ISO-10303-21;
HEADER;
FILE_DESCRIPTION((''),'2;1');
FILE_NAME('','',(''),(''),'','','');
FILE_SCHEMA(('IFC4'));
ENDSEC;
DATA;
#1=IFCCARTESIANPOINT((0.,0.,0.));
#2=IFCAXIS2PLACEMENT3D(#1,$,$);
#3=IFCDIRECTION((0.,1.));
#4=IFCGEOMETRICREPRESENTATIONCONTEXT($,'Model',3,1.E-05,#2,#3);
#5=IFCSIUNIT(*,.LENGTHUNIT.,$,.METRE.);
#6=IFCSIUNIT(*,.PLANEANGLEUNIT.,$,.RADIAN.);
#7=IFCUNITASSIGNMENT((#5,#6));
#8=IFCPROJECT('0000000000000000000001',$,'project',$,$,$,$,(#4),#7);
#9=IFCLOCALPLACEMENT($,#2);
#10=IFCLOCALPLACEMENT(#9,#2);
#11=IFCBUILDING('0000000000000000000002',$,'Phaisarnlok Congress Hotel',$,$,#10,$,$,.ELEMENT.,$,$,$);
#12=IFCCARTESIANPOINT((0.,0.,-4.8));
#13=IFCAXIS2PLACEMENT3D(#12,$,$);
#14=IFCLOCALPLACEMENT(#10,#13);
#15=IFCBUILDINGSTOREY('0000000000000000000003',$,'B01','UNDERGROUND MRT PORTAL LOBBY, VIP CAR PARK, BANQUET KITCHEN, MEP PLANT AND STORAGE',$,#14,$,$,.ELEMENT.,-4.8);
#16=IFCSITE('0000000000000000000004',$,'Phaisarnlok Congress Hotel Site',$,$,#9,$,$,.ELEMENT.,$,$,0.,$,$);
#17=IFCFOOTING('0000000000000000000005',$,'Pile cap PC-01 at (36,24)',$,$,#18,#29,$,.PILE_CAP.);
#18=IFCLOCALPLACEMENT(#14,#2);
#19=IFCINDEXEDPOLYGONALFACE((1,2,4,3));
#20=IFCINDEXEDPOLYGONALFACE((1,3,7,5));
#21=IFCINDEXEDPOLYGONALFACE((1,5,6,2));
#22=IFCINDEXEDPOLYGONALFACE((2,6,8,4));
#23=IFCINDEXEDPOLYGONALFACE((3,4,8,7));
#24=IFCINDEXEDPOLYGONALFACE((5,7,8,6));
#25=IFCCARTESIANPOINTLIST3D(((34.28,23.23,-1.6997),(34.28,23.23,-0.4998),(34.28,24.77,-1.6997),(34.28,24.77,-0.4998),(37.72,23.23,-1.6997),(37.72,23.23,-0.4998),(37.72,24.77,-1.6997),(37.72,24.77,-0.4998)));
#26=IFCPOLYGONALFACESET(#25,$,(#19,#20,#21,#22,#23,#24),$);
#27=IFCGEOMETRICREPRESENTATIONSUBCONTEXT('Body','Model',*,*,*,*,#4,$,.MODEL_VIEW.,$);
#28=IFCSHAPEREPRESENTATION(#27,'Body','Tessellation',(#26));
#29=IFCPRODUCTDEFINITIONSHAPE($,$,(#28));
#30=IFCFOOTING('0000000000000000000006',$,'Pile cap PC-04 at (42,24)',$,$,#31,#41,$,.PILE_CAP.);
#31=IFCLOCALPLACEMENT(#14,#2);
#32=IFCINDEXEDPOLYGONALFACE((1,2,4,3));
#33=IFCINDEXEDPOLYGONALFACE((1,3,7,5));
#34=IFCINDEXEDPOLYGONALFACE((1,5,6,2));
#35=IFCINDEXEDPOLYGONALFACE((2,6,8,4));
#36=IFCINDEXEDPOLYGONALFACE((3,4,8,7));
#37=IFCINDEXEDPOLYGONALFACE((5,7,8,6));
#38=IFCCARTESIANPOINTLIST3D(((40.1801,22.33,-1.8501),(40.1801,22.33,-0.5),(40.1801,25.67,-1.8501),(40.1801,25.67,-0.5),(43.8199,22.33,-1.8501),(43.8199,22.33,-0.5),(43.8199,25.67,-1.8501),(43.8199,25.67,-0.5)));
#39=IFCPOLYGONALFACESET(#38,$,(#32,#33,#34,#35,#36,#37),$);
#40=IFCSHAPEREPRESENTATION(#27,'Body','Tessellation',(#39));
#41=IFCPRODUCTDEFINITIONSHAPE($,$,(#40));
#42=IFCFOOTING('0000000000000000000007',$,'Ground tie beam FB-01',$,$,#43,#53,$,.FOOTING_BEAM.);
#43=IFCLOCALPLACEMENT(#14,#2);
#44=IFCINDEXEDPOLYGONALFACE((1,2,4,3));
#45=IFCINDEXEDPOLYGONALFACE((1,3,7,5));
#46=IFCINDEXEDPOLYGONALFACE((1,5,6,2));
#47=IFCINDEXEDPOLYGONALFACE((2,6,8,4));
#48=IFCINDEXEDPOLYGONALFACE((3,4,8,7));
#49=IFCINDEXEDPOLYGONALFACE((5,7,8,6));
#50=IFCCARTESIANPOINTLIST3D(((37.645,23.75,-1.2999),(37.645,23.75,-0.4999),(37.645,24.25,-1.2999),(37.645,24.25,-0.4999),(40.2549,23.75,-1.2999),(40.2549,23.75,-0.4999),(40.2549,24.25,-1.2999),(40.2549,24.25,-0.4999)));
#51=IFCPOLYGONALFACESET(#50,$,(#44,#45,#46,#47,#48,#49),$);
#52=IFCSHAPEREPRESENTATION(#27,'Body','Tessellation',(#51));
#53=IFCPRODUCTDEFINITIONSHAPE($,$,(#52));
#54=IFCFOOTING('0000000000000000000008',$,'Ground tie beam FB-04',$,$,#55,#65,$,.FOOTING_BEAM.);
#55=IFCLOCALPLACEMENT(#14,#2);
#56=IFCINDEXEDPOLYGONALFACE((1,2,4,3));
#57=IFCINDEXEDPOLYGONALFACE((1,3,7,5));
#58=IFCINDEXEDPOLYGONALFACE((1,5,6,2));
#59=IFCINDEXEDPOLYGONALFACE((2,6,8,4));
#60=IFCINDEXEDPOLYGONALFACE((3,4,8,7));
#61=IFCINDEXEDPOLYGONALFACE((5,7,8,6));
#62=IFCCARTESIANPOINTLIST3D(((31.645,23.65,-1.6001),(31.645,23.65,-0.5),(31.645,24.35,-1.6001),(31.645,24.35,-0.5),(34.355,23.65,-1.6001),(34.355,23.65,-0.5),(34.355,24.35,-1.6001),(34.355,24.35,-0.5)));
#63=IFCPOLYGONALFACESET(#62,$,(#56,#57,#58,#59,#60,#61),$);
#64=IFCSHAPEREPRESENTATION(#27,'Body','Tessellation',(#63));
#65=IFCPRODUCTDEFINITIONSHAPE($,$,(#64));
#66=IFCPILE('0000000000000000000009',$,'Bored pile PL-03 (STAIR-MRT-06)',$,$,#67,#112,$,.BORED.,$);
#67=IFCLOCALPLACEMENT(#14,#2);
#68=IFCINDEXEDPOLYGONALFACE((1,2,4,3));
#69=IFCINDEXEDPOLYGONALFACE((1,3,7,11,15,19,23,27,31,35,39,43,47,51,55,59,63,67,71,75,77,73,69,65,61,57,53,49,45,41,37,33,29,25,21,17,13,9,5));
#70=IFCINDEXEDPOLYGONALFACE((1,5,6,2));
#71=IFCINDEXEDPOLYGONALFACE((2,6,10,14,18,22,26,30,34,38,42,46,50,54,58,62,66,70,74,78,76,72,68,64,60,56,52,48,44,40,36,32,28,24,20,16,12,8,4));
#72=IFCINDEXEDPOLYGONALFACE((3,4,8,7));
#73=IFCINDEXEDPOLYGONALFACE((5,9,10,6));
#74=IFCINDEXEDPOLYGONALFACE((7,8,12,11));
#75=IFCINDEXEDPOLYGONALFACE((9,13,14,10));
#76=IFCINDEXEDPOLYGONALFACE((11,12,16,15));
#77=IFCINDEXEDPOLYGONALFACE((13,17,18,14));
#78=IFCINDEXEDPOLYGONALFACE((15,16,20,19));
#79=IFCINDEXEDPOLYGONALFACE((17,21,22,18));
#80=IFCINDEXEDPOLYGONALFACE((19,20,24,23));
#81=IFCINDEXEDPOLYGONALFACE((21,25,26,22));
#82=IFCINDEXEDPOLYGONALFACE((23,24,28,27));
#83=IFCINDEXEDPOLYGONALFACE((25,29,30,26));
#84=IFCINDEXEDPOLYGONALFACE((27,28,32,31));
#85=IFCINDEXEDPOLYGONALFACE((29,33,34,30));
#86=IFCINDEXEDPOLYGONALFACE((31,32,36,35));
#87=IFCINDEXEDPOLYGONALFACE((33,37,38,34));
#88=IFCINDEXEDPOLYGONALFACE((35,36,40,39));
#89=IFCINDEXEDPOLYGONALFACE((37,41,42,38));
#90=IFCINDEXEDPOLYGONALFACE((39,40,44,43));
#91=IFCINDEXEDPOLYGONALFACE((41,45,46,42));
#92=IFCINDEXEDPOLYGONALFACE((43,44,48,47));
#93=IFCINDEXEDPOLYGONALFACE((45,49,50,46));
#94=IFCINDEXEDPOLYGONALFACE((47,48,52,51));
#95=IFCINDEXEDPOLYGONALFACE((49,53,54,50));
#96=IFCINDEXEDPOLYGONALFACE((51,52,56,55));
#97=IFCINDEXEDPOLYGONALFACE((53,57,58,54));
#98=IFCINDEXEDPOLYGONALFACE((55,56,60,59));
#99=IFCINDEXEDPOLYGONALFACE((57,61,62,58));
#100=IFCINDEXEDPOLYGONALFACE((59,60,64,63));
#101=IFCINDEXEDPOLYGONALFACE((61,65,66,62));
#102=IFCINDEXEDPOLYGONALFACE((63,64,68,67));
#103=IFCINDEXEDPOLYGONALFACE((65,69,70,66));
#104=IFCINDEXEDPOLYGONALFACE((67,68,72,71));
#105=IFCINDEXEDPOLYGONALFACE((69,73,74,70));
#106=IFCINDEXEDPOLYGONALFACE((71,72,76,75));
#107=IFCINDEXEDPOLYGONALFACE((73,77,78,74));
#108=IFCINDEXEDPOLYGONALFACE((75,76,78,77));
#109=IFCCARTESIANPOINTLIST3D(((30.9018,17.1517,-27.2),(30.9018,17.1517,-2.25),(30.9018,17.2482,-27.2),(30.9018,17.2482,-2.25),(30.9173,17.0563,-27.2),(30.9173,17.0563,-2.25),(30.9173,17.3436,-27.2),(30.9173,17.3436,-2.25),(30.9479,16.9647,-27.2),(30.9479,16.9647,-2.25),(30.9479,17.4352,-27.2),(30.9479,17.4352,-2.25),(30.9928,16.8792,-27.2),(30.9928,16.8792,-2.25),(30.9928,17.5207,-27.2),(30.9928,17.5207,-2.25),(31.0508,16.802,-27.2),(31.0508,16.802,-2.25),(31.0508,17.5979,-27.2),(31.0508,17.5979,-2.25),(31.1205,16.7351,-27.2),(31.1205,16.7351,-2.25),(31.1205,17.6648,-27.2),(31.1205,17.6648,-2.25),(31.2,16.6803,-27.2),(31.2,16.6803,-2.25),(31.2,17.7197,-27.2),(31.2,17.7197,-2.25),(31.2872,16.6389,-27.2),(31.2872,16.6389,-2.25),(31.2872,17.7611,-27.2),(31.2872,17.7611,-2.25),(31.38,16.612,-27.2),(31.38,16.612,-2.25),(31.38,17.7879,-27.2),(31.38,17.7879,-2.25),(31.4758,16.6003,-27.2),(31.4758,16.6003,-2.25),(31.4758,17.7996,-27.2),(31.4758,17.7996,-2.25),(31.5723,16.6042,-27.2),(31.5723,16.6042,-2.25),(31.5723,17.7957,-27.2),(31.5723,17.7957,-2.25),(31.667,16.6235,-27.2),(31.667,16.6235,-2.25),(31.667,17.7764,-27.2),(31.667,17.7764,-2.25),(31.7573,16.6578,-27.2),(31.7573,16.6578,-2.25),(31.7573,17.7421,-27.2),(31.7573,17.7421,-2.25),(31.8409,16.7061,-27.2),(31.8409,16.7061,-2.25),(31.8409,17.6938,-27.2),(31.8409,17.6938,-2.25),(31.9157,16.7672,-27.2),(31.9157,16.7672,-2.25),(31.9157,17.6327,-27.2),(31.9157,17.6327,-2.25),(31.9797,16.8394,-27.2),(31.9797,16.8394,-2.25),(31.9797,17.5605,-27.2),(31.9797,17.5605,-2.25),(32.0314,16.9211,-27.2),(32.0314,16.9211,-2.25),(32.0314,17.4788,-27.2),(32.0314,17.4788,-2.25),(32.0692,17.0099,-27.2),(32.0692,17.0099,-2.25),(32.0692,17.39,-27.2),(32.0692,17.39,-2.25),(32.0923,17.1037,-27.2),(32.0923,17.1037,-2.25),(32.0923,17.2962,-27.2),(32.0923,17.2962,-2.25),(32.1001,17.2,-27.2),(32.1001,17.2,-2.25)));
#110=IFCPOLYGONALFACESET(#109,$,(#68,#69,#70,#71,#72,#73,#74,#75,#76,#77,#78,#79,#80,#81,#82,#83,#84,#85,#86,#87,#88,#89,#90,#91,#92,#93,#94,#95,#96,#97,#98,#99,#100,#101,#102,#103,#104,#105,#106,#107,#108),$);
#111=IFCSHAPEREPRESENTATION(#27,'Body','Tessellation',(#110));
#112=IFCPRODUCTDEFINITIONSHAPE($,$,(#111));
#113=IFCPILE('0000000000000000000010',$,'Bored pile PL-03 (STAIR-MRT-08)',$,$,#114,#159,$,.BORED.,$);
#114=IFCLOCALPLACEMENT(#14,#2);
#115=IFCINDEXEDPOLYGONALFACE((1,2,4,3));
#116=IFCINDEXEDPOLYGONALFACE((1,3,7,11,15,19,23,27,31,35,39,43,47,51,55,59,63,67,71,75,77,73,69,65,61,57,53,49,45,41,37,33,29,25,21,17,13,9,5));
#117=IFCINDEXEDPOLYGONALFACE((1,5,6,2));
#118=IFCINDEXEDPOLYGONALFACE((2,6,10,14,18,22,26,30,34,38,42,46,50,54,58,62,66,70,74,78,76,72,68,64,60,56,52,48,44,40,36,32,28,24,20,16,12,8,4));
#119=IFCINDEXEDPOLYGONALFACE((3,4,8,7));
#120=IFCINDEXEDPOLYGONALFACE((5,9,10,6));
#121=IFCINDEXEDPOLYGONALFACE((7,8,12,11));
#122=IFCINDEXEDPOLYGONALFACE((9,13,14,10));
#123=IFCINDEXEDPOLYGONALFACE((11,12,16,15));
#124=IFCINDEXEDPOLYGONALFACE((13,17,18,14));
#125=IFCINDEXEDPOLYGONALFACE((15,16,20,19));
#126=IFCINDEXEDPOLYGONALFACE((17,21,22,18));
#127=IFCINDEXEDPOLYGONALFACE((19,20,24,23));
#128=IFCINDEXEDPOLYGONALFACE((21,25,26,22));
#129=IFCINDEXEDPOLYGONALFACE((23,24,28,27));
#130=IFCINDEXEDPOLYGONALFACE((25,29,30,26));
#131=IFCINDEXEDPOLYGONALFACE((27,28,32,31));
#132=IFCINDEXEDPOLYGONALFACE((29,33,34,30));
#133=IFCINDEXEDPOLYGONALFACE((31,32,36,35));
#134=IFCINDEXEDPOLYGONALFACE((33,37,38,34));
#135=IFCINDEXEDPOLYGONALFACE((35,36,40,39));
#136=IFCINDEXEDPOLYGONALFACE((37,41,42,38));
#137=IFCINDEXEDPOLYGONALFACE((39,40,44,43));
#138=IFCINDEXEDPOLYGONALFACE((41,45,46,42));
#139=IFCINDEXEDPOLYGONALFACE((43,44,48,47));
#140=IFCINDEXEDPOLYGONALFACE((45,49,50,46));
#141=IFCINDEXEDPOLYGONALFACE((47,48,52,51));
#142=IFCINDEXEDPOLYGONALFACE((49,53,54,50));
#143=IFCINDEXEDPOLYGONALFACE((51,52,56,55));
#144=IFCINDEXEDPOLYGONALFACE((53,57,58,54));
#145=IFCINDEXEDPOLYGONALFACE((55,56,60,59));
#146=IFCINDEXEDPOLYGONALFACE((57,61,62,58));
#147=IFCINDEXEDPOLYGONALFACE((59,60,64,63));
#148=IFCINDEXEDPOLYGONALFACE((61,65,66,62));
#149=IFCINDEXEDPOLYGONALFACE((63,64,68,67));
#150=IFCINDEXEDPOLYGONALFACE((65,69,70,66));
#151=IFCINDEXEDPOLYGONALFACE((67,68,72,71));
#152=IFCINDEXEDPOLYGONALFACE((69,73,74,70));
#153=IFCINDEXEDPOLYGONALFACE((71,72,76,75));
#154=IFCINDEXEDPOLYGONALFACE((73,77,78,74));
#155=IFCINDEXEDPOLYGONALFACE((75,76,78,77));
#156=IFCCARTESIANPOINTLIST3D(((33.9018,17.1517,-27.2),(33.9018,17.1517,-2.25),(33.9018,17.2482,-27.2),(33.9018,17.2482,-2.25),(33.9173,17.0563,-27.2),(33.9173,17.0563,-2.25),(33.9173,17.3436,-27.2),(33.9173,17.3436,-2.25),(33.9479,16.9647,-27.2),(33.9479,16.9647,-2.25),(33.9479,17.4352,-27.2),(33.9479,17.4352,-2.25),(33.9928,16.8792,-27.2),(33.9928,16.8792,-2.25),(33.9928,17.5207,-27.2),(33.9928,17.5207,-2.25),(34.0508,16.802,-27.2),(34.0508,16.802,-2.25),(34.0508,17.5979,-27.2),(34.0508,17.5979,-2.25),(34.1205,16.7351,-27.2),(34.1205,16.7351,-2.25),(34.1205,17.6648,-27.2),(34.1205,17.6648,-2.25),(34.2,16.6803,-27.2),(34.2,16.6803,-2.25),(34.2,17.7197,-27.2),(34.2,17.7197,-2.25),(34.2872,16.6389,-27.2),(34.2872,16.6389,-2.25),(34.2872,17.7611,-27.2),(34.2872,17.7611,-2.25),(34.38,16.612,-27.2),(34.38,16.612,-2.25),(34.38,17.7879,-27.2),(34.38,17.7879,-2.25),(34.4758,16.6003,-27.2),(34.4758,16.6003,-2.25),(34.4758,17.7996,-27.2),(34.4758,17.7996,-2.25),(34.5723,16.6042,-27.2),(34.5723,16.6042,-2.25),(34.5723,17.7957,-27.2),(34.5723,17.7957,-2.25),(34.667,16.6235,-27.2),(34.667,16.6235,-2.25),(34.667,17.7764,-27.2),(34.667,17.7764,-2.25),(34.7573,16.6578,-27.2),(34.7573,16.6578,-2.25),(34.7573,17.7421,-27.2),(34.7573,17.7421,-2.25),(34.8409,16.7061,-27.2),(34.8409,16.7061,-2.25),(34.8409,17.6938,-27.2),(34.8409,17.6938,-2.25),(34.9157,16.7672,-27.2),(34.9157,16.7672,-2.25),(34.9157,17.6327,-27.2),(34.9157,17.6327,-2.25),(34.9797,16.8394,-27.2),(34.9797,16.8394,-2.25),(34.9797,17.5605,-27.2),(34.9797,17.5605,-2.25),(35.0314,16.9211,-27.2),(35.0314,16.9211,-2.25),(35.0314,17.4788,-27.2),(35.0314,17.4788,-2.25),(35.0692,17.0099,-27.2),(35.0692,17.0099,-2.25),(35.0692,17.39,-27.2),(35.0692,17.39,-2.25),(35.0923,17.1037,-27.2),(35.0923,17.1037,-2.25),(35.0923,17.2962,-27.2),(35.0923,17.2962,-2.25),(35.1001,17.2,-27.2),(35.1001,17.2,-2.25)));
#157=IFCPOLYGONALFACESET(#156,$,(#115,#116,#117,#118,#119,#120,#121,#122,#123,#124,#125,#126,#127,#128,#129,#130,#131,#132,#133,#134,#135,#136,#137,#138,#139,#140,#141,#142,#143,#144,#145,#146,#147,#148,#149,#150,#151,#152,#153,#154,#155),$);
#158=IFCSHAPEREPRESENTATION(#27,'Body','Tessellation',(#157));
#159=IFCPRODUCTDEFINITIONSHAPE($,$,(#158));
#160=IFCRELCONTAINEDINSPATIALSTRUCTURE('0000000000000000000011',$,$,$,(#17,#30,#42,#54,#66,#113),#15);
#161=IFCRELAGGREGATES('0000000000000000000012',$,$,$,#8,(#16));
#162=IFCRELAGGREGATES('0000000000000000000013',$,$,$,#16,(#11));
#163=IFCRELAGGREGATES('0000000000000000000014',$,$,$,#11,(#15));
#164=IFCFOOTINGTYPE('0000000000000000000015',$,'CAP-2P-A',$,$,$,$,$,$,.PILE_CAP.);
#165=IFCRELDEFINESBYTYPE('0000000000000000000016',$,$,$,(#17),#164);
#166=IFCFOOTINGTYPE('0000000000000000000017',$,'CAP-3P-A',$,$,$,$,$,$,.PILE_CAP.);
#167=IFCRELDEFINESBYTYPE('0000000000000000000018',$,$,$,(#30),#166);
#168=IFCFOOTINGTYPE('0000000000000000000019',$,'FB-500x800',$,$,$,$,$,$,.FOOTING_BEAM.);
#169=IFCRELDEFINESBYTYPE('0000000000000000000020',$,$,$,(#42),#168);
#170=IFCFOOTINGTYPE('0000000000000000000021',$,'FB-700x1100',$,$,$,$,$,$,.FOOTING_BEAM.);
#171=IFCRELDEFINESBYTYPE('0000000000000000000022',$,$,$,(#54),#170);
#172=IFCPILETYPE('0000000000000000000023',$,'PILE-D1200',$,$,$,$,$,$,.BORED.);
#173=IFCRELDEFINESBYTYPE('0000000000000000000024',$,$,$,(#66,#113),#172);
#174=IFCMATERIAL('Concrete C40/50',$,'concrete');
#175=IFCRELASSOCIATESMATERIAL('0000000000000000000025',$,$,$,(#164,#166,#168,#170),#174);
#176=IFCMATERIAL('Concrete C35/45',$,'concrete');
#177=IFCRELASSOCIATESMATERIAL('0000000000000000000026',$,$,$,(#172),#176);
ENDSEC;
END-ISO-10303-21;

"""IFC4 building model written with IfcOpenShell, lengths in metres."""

from ifc_helpers import new_model, si_unit, direction, frame, origin, origin_2d, place, context, subcontext, project, spatial, rectangle, circle, extrude, material, material_profile, profile_set, type_object, element, save


model = new_model("IFC4")

# Units and contexts
model_context = context("Model", 3, precision=1e-05, world=origin(), true_north=direction((0.0, 1.0)))
body_context = subcontext(model_context, "Body", "Model", "MODEL_VIEW")
ifc_project = project(units=[si_unit("LENGTHUNIT", "METRE"), si_unit("PLANEANGLEUNIT", "RADIAN")], contexts=[model_context])

# Site, building, storey
site_placement = place(None, origin())
site = spatial("IfcSite", under=ifc_project, at=site_placement, Name="Phaisarnlok Congress Hotel Site", CompositionType="ELEMENT", RefElevation=0.0)
building_placement = place(site_placement, origin())
building = spatial("IfcBuilding", under=site, at=building_placement, Name="Phaisarnlok Congress Hotel", CompositionType="ELEMENT")
storey_placement = place(building_placement, frame((0.0, 0.0, -4.8)))
storey = spatial("IfcBuildingStorey", under=building, at=storey_placement, Name="B01", Description="UNDERGROUND MRT PORTAL LOBBY, VIP CAR PARK, BANQUET KITCHEN, MEP PLANT AND STORAGE", CompositionType="ELEMENT", Elevation=-4.8)

# Footings
ifc_material_1 = material(Name="Concrete C40/50", Category="concrete")
footing_type_1 = type_object("IfcFootingType", Name="CAP-2P-A", PredefinedType="PILE_CAP", material=ifc_material_1)
footing_1_placement = place(storey_placement, frame((36.0, 24.0, -1.6997), z_axis=(0.0, 0.0, 1.0), x_axis=(1.0, 0.0, 0.0)))
element("IfcFooting", 1, at=footing_1_placement, inside=storey, type_object=footing_type_1, Name="Pile cap PC-01 at (36,24)", PredefinedType="PILE_CAP", context=body_context, shape_type="SweptSolid", body=[
    extrude(rectangle(XDim=3.4399, YDim=1.54, at=origin_2d()), origin(), (0.0, 0.0, 1.0), 1.2),
])
footing_type_2 = type_object("IfcFootingType", Name="CAP-3P-A", PredefinedType="PILE_CAP", material=ifc_material_1)
footing_2_placement = place(storey_placement, frame((42.0, 24.0, -1.8501), z_axis=(0.0, 0.0, 1.0), x_axis=(1.0, 0.0, 0.0)))
element("IfcFooting", 2, at=footing_2_placement, inside=storey, type_object=footing_type_2, Name="Pile cap PC-04 at (42,24)", PredefinedType="PILE_CAP", context=body_context, shape_type="SweptSolid", body=[
    extrude(rectangle(XDim=3.6399, YDim=3.3401, at=origin_2d()), origin(), (0.0, 0.0, 1.0), 1.3501),
])
ifc_material_profile_1 = material_profile(ifc_material_1, rectangle(XDim=0.5, YDim=0.8, at=origin_2d()), Name="FB-500x800")
ifc_profile_set_1 = profile_set([ifc_material_profile_1], Name="Concrete C40/50")
footing_type_3 = type_object("IfcFootingType", Name="FB-500x800", PredefinedType="FOOTING_BEAM", material=ifc_profile_set_1)
footing_3_placement = place(storey_placement, frame((37.645, 24.0, -0.8999), z_axis=(1.0, 0.0, 0.0), x_axis=(0.0, 1.0, 0.0)))
element("IfcFooting", 3, at=footing_3_placement, inside=storey, type_object=footing_type_3, Name="Ground tie beam FB-01", PredefinedType="FOOTING_BEAM", context=body_context, shape_type="SweptSolid", body=[
    extrude(rectangle(XDim=0.5, YDim=0.8, at=origin_2d()), origin(), (0.0, 0.0, 1.0), 2.6099),
])
ifc_material_profile_2 = material_profile(ifc_material_1, rectangle(XDim=0.7, YDim=1.1001, at=origin_2d()), Name="FB-700x1100")
ifc_profile_set_2 = profile_set([ifc_material_profile_2], Name="Concrete C40/50")
footing_type_4 = type_object("IfcFootingType", Name="FB-700x1100", PredefinedType="FOOTING_BEAM", material=ifc_profile_set_2)
footing_4_placement = place(storey_placement, frame((31.645, 24.0, -1.05), z_axis=(1.0, 0.0, 0.0), x_axis=(0.0, 1.0, 0.0)))
element("IfcFooting", 4, at=footing_4_placement, inside=storey, type_object=footing_type_4, Name="Ground tie beam FB-04", PredefinedType="FOOTING_BEAM", context=body_context, shape_type="SweptSolid", body=[
    extrude(rectangle(XDim=0.7, YDim=1.1001, at=origin_2d()), origin(), (0.0, 0.0, 1.0), 2.71),
])

# Piles
ifc_material_2 = material(Name="Concrete C35/45", Category="concrete")
ifc_material_profile_3 = material_profile(ifc_material_2, circle(Radius=0.6001, at=origin_2d()), Name="BORED PILE D1200")
ifc_profile_set_3 = profile_set([ifc_material_profile_3], Name="Concrete C35/45")
pile_type_1 = type_object("IfcPileType", Name="PILE-D1200", PredefinedType="BORED", material=ifc_profile_set_3)
for number, where, z_axis, x_axis, name in (
    (5, (31.5, 17.2, -2.25), (0.0, 0.0, -1.0), (1.0, 0.0, 0.0), "Bored pile PL-03 (STAIR-MRT-06)"),
    (6, (34.5, 17.2, -2.25), (0.0, 0.0, -1.0), (1.0, 0.0, 0.0), "Bored pile PL-03 (STAIR-MRT-08)"),
):
    element("IfcPile", number, at=place(storey_placement, frame(where, z_axis=z_axis, x_axis=x_axis)), inside=storey, type_object=pile_type_1, Name=name, PredefinedType="BORED", context=body_context, shape_type="SweptSolid", body=[
        extrude(circle(Radius=0.6001, at=origin_2d()), origin(), (0.0, 0.0, 1.0), 24.95),
    ])

save(model, "model.ifc")
